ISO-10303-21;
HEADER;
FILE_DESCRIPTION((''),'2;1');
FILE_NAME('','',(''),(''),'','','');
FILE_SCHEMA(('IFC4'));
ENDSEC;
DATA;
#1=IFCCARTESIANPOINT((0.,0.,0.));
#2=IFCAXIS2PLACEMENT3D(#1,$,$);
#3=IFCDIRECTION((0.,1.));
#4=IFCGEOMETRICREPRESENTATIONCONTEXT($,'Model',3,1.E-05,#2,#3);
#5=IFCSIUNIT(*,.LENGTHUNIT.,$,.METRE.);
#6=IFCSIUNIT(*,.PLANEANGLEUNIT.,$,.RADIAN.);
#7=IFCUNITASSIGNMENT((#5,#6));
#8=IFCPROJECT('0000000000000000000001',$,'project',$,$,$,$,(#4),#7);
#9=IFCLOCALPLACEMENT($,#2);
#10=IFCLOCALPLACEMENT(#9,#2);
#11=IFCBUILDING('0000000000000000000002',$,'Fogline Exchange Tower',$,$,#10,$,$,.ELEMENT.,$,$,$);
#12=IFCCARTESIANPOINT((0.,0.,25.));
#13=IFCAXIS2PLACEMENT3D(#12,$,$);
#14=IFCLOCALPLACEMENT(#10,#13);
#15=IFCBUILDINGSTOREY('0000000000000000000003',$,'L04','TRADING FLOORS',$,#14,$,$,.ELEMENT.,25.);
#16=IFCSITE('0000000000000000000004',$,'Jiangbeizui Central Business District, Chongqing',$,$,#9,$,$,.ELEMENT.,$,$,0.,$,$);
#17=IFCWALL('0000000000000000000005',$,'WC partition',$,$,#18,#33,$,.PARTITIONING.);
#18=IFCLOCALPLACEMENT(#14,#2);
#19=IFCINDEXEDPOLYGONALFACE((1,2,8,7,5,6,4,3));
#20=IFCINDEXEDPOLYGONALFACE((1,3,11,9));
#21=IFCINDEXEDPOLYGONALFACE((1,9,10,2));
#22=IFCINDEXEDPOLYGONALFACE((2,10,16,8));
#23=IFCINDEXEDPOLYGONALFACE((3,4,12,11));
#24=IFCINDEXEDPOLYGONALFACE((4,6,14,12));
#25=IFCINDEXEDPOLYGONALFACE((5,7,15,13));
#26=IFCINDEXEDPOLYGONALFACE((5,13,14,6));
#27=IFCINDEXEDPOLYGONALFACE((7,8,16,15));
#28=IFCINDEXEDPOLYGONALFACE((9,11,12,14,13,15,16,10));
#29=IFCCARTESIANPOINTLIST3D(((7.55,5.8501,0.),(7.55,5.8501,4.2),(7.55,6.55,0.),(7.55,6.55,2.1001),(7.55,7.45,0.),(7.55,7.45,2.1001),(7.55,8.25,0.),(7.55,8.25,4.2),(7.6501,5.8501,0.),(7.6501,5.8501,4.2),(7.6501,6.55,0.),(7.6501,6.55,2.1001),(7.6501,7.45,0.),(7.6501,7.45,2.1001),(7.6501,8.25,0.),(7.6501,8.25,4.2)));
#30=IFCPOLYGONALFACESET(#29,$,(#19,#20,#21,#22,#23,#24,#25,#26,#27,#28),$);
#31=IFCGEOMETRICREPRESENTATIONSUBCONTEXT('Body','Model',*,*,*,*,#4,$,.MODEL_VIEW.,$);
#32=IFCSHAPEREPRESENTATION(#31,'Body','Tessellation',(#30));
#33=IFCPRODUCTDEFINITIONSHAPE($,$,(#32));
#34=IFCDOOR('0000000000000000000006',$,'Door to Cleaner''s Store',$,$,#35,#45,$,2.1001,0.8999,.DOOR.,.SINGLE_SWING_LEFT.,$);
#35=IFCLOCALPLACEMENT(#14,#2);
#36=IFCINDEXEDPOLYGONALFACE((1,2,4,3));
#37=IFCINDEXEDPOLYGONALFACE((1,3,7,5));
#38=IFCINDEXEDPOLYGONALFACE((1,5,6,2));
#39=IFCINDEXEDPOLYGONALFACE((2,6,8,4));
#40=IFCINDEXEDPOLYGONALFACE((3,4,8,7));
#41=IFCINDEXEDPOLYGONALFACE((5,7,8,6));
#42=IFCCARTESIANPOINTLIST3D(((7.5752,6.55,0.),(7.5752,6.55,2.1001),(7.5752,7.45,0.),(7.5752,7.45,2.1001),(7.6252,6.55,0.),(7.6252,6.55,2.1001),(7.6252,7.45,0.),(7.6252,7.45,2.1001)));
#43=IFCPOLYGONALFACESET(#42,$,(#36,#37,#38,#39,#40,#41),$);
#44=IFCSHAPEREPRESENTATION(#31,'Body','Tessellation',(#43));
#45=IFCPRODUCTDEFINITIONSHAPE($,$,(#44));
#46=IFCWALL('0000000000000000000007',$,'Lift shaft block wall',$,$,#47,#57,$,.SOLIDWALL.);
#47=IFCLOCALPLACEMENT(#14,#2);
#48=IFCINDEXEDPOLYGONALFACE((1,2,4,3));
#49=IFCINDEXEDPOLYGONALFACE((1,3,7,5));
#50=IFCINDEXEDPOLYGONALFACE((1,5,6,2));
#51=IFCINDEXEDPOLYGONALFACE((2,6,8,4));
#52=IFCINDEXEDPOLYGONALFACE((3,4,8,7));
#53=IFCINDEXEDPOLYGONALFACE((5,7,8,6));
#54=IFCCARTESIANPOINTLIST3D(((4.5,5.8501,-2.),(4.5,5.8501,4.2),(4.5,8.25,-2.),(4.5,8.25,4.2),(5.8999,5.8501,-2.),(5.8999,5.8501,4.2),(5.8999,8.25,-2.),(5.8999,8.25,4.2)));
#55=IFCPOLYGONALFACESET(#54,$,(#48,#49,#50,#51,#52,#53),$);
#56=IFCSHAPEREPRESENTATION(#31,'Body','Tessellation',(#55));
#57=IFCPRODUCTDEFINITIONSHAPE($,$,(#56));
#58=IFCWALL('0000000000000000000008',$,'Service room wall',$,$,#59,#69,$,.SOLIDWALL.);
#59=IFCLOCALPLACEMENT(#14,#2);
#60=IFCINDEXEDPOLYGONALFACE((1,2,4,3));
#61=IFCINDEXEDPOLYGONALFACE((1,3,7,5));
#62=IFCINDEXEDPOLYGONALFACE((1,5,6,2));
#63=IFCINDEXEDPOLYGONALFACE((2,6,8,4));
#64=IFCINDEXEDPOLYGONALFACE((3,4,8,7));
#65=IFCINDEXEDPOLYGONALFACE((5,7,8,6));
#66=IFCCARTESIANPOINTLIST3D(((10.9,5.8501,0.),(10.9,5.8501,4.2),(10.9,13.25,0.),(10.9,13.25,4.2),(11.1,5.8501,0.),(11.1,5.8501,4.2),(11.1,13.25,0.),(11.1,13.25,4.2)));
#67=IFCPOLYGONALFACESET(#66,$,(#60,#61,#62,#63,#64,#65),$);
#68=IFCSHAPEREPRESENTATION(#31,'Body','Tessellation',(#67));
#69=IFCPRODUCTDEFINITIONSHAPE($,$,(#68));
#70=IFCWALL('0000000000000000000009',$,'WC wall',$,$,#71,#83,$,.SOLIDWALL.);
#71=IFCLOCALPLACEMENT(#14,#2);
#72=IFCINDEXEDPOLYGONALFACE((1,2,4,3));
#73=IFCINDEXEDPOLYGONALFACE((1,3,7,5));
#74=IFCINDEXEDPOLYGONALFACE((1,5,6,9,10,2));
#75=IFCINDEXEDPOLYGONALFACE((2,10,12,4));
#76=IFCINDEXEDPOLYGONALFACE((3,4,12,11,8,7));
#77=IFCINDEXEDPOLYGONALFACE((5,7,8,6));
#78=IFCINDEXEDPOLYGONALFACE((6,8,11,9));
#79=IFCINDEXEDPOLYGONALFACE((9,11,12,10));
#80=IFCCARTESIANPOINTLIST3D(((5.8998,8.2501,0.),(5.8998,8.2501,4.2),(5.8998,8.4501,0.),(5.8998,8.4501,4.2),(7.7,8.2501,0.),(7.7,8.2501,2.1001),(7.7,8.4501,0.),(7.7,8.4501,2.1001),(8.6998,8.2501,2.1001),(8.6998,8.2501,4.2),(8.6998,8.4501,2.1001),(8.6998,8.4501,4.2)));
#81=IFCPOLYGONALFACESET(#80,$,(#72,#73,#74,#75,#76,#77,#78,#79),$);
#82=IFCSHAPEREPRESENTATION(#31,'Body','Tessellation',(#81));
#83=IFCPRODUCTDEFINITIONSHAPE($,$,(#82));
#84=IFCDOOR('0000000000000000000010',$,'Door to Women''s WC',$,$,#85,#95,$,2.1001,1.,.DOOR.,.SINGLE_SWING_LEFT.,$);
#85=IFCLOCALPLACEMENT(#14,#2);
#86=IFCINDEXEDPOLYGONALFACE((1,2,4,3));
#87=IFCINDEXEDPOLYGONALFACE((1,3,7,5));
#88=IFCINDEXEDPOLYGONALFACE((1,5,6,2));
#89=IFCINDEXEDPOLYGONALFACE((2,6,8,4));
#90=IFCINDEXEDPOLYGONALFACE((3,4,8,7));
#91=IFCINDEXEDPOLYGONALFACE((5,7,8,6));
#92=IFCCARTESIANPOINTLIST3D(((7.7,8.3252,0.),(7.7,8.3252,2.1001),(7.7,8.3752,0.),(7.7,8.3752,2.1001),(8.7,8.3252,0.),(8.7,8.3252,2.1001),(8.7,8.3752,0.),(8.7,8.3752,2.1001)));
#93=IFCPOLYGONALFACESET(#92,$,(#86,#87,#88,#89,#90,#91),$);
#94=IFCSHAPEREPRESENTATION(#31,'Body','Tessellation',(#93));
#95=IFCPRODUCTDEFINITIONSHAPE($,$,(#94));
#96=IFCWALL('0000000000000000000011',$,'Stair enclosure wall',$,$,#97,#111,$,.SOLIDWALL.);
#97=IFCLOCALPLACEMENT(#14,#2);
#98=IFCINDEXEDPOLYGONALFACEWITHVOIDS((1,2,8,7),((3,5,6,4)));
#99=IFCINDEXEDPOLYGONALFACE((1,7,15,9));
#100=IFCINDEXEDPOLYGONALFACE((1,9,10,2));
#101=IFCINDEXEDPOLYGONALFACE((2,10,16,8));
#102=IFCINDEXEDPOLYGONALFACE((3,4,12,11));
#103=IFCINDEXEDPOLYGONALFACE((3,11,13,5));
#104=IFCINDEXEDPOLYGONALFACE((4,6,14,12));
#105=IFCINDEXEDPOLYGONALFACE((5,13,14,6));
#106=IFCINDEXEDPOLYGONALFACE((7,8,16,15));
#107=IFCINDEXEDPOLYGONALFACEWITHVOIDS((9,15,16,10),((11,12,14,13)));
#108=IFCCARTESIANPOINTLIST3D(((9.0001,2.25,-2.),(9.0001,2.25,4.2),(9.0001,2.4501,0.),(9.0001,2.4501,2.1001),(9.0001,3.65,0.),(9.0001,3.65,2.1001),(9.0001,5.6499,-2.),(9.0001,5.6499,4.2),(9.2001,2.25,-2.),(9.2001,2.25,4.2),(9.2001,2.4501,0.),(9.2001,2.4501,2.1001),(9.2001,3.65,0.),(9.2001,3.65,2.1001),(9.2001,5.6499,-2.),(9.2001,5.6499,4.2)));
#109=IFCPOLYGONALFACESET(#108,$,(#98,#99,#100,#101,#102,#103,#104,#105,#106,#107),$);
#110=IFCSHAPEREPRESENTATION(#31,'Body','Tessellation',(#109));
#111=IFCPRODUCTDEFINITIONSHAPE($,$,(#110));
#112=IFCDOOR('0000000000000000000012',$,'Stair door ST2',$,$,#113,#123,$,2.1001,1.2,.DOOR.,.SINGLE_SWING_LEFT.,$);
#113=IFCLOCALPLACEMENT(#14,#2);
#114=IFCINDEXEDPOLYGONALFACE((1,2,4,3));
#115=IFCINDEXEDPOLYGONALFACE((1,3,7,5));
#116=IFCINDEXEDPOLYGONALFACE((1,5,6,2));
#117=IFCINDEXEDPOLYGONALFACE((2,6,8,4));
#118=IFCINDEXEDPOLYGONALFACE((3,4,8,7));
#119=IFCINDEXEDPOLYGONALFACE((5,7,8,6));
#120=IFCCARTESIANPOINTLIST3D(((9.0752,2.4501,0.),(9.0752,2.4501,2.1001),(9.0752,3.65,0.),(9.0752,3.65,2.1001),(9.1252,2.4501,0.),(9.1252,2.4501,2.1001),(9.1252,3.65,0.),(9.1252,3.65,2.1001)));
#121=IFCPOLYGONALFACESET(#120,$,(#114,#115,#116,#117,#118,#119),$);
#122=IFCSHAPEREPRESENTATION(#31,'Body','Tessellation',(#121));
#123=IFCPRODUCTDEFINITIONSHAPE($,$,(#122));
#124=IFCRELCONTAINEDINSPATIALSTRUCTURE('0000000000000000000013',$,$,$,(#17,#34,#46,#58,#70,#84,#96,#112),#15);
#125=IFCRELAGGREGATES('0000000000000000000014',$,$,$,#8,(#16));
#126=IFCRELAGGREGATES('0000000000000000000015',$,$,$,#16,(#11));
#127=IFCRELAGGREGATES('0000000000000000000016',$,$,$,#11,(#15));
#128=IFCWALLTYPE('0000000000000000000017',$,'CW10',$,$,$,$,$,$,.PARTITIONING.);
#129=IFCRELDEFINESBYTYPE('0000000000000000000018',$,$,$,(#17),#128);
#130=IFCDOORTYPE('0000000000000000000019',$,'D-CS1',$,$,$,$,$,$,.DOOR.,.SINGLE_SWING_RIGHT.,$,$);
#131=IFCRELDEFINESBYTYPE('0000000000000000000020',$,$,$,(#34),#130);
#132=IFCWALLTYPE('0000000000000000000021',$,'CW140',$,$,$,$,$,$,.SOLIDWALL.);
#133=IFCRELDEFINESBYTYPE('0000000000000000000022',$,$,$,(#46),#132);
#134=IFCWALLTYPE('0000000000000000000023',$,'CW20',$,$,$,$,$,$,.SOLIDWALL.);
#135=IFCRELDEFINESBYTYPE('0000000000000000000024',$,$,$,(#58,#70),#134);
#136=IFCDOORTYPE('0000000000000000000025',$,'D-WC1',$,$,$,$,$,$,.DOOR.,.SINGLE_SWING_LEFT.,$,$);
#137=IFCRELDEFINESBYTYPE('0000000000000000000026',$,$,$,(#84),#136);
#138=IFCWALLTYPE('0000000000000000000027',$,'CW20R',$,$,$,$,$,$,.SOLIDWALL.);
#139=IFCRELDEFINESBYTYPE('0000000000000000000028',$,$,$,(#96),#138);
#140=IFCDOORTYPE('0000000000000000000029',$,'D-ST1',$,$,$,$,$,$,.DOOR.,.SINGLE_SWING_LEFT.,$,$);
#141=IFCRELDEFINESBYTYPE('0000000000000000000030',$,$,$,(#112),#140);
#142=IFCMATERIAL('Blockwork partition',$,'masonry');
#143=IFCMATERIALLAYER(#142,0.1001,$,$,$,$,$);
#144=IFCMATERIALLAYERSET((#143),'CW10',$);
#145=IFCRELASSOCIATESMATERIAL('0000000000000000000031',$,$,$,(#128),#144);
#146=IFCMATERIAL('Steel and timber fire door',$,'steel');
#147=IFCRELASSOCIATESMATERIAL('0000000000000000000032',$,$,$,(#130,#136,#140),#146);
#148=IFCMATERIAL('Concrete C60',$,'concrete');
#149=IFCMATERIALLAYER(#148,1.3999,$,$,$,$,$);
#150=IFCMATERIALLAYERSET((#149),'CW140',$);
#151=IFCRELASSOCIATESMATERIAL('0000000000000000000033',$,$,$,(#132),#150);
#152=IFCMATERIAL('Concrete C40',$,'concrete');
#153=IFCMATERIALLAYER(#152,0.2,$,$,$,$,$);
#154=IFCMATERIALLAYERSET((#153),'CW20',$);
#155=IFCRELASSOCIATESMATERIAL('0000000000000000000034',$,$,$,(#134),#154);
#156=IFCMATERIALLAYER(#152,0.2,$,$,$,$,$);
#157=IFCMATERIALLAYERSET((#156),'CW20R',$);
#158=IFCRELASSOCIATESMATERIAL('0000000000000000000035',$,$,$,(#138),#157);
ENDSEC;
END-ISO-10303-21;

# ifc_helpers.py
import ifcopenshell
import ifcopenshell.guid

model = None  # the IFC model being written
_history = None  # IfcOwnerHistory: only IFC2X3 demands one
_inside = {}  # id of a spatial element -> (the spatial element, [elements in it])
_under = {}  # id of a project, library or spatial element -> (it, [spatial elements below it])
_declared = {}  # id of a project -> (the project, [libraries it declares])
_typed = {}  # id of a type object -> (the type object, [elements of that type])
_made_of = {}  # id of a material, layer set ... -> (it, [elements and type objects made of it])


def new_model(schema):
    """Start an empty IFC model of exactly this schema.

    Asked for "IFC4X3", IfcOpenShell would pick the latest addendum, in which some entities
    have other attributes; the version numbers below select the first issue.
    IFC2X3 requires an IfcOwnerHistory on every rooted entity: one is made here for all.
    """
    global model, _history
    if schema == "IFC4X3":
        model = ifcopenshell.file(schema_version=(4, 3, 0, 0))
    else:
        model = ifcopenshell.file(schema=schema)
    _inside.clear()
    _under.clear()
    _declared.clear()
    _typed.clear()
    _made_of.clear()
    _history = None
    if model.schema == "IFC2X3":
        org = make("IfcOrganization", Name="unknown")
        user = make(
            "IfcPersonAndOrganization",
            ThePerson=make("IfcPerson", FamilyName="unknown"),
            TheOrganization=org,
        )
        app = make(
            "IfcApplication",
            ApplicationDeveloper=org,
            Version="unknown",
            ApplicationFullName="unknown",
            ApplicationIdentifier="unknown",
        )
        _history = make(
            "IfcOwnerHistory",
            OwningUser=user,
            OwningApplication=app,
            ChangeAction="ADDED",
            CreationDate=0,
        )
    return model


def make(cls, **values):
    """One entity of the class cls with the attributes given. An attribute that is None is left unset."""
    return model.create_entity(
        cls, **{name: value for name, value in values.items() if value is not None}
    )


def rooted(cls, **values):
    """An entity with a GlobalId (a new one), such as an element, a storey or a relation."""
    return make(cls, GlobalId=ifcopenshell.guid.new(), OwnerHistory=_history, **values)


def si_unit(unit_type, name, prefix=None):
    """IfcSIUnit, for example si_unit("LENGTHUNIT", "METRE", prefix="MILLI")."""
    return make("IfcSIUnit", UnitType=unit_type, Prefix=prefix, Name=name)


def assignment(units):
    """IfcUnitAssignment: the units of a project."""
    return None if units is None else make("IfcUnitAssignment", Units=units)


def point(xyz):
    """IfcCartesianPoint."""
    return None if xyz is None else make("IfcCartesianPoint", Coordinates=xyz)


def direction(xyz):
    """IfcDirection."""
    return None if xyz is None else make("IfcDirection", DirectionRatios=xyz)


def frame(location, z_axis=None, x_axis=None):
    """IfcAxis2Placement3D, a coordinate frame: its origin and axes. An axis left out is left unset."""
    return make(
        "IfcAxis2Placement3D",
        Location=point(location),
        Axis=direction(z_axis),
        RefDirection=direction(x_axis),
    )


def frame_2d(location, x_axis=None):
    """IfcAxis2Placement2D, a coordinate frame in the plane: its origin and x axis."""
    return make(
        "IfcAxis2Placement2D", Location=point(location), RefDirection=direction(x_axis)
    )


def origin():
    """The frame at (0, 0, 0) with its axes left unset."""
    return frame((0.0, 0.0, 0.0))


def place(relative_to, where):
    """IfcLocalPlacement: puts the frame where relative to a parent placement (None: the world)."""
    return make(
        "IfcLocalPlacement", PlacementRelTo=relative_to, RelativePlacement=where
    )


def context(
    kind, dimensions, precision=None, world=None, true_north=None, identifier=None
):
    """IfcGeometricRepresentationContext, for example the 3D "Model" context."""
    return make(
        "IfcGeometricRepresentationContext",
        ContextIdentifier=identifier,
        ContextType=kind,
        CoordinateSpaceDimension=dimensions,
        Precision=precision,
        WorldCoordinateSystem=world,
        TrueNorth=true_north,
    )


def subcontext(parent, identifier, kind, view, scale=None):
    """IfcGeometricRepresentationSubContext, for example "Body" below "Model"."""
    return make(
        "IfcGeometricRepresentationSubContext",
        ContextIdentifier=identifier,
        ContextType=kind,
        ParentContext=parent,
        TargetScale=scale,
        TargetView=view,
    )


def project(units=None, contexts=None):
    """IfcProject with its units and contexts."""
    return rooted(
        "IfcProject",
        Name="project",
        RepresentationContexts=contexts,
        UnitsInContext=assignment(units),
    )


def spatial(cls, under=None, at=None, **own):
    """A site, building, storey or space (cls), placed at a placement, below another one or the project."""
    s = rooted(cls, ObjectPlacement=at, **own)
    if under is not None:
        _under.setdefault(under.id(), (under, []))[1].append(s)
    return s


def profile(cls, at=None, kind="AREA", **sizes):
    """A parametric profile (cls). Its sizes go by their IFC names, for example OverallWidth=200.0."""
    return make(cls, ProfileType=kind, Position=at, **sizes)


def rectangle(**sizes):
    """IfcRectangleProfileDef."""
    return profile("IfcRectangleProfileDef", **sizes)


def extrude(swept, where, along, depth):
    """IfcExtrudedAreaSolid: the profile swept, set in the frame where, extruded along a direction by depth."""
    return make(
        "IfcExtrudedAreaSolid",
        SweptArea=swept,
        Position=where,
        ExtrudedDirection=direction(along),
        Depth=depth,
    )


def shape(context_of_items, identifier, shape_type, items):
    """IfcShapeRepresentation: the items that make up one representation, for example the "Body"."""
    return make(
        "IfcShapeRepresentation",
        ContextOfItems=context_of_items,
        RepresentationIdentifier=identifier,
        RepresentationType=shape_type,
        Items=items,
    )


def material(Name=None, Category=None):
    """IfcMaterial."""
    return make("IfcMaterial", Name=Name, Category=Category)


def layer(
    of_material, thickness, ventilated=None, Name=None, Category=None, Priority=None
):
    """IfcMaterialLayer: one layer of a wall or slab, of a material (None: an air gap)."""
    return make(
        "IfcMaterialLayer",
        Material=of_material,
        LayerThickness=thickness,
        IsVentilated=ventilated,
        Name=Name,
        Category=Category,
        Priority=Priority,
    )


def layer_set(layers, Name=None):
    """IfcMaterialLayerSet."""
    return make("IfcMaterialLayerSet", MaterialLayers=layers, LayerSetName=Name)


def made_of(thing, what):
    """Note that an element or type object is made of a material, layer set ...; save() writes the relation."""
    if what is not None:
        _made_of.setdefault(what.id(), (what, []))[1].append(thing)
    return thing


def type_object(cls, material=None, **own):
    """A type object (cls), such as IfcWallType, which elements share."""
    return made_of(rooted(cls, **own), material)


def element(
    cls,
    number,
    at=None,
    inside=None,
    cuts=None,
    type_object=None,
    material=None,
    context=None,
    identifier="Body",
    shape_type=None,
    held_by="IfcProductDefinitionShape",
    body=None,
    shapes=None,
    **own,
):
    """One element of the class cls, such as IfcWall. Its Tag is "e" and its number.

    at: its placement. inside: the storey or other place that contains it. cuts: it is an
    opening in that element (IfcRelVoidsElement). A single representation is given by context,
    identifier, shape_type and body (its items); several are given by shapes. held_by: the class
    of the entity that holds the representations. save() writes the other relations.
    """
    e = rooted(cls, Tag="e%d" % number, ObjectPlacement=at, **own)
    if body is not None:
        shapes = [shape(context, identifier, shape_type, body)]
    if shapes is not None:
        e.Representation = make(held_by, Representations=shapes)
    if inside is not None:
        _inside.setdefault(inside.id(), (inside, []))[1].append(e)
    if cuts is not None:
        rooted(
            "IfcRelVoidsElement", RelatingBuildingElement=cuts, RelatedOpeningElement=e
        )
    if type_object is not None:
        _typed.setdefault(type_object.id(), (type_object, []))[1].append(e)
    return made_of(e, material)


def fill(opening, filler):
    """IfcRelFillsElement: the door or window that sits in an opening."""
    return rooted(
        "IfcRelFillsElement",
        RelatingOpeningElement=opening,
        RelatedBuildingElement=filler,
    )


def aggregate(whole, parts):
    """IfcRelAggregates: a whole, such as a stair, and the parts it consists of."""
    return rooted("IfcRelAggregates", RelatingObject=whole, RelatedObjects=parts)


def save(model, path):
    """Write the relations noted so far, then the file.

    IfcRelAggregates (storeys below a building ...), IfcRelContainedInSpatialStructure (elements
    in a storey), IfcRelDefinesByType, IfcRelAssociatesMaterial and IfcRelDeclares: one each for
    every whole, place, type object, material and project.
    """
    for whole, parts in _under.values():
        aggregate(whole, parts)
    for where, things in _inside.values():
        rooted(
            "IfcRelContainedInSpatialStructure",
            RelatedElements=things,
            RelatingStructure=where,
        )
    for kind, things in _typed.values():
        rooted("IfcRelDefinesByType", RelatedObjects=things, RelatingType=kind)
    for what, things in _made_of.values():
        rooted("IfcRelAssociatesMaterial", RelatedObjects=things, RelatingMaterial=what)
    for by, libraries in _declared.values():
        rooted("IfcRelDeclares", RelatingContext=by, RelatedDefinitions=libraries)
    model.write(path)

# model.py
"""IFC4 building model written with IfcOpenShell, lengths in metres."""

from ifc_helpers import new_model, si_unit, direction, frame, frame_2d, origin, place, context, subcontext, project, spatial, rectangle, extrude, material, layer, layer_set, type_object, element, fill, save


model = new_model("IFC4")

# Units and contexts
model_context = context("Model", 3, precision=1e-05, world=origin(), true_north=direction((0.0, 1.0)))
body_context = subcontext(model_context, "Body", "Model", "MODEL_VIEW")
ifc_project = project(units=[si_unit("LENGTHUNIT", "METRE"), si_unit("PLANEANGLEUNIT", "RADIAN")], contexts=[model_context])

# Site, building, storey
site_placement = place(None, origin())
site = spatial("IfcSite", under=ifc_project, at=site_placement, Name="Jiangbeizui Central Business District, Chongqing", CompositionType="ELEMENT", RefElevation=0.0)
building_placement = place(site_placement, origin())
building = spatial("IfcBuilding", under=site, at=building_placement, Name="Fogline Exchange Tower", CompositionType="ELEMENT")
storey_placement = place(building_placement, frame((0.0, 0.0, 25.0)))
storey = spatial("IfcBuildingStorey", under=building, at=storey_placement, Name="L04", Description="TRADING FLOORS", CompositionType="ELEMENT", Elevation=25.0)

# Wall, opening, door
ifc_material_1 = material(Name="Blockwork partition", Category="masonry")
ifc_layer_1 = layer(ifc_material_1, 0.1001)
ifc_layer_set_1 = layer_set([ifc_layer_1], Name="CW10")
wall_type_1 = type_object("IfcWallType", Name="CW10", PredefinedType="PARTITIONING", material=ifc_layer_set_1)
wall_1_placement = place(storey_placement, frame((7.6001, 5.8501, 0.0), z_axis=(0.0, 0.0, 1.0), x_axis=(0.0, 1.0, 0.0)))
wall_1 = element("IfcWall", 1, at=wall_1_placement, inside=storey, type_object=wall_type_1, Name="WC partition", PredefinedType="PARTITIONING", context=body_context, shape_type="SweptSolid", body=[
    extrude(rectangle(XDim=2.3999, YDim=0.1001, at=frame_2d((1.2, 0.0))), origin(), (0.0, 0.0, 1.0), 4.2),
])
opening_1_placement = place(wall_1_placement, frame((0.7, 0.0, 0.0)))
opening_1 = element("IfcOpeningElement", 2, at=opening_1_placement, cuts=wall_1, PredefinedType="OPENING", context=body_context, shape_type="SweptSolid", body=[
    extrude(rectangle(XDim=0.8999, YDim=2.1001, at=frame_2d((0.45, 1.05))), frame((0.0, 0.0601, 0.0), z_axis=(0.0, -1.0, 0.0), x_axis=(1.0, 0.0, 0.0)), (0.0, 0.0, 1.0), 0.1201),
])
ifc_material_2 = material(Name="Steel and timber fire door", Category="steel")
door_type_1 = type_object("IfcDoorType", Name="D-CS1", OperationType="SINGLE_SWING_RIGHT", PredefinedType="DOOR", material=ifc_material_2)
door_1_placement = place(opening_1_placement, origin())
door_1 = element("IfcDoor", 3, at=door_1_placement, inside=storey, type_object=door_type_1, Name="Door to Cleaner's Store", OperationType="SINGLE_SWING_LEFT", OverallHeight=2.1001, OverallWidth=0.8999, PredefinedType="DOOR", context=body_context, shape_type="SweptSolid", body=[
    extrude(rectangle(XDim=0.8999, YDim=2.1001, at=frame_2d((0.45, 1.05))), frame((0.0, 0.0249, 0.0), z_axis=(0.0, -1.0, 0.0), x_axis=(1.0, 0.0, 0.0)), (0.0, 0.0, 1.0), 0.05),
])
fill(opening_1, door_1)

# Walls
ifc_material_3 = material(Name="Concrete C60", Category="concrete")
ifc_layer_2 = layer(ifc_material_3, 1.3999)
ifc_layer_set_2 = layer_set([ifc_layer_2], Name="CW140")
wall_type_2 = type_object("IfcWallType", Name="CW140", PredefinedType="SOLIDWALL", material=ifc_layer_set_2)
wall_2_placement = place(storey_placement, frame((5.2, 5.8501, -2.0), z_axis=(0.0, 0.0, 1.0), x_axis=(0.0, 1.0, 0.0)))
element("IfcWall", 4, at=wall_2_placement, inside=storey, type_object=wall_type_2, Name="Lift shaft block wall", PredefinedType="SOLIDWALL", context=body_context, shape_type="SweptSolid", body=[
    extrude(rectangle(XDim=2.3999, YDim=1.3999, at=frame_2d((1.2, 0.0))), origin(), (0.0, 0.0, 1.0), 6.2),
])
ifc_material_4 = material(Name="Concrete C40", Category="concrete")
ifc_layer_3 = layer(ifc_material_4, 0.2)
ifc_layer_set_3 = layer_set([ifc_layer_3], Name="CW20")
wall_type_3 = type_object("IfcWallType", Name="CW20", PredefinedType="SOLIDWALL", material=ifc_layer_set_3)
wall_3_placement = place(storey_placement, frame((11.0, 5.8501, 0.0), z_axis=(0.0, 0.0, 1.0), x_axis=(0.0, 1.0, 0.0)))
element("IfcWall", 5, at=wall_3_placement, inside=storey, type_object=wall_type_3, Name="Service room wall", PredefinedType="SOLIDWALL", context=body_context, shape_type="SweptSolid", body=[
    extrude(rectangle(XDim=7.3999, YDim=0.2, at=frame_2d((3.7, 0.0))), origin(), (0.0, 0.0, 1.0), 4.2),
])

# Walls, openings, doors
wall_4_placement = place(storey_placement, frame((5.8999, 8.3501, 0.0), z_axis=(0.0, 0.0, 1.0), x_axis=(1.0, 0.0, 0.0)))
wall_4 = element("IfcWall", 6, at=wall_4_placement, inside=storey, type_object=wall_type_3, Name="WC wall", PredefinedType="SOLIDWALL", context=body_context, shape_type="SweptSolid", body=[
    extrude(rectangle(XDim=2.8, YDim=0.2, at=frame_2d((1.3999, 0.0))), origin(), (0.0, 0.0, 1.0), 4.2),
])
opening_2_placement = place(wall_4_placement, frame((1.8, 0.0, 0.0)))
opening_2 = element("IfcOpeningElement", 7, at=opening_2_placement, cuts=wall_4, PredefinedType="OPENING", context=body_context, shape_type="SweptSolid", body=[
    extrude(rectangle(XDim=1.0, YDim=2.1001, at=frame_2d((0.5, 1.05))), frame((0.0, 0.1099, 0.0), z_axis=(0.0, -1.0, 0.0), x_axis=(1.0, 0.0, 0.0)), (0.0, 0.0, 1.0), 0.22),
])
door_type_2 = type_object("IfcDoorType", Name="D-WC1", OperationType="SINGLE_SWING_LEFT", PredefinedType="DOOR", material=ifc_material_2)
door_2_placement = place(opening_2_placement, frame((1.0, 0.0, 0.0), z_axis=(0.0, 0.0, 1.0), x_axis=(-1.0, 0.0, 0.0)))
door_2 = element("IfcDoor", 8, at=door_2_placement, inside=storey, type_object=door_type_2, Name="Door to Women's WC", OperationType="SINGLE_SWING_LEFT", OverallHeight=2.1001, OverallWidth=1.0, PredefinedType="DOOR", context=body_context, shape_type="SweptSolid", body=[
    extrude(rectangle(XDim=1.0, YDim=2.1001, at=frame_2d((0.5, 1.05))), frame((0.0, 0.0249, 0.0), z_axis=(0.0, -1.0, 0.0), x_axis=(1.0, 0.0, 0.0)), (0.0, 0.0, 1.0), 0.05),
])
fill(opening_2, door_2)
ifc_layer_4 = layer(ifc_material_4, 0.2)
ifc_layer_set_4 = layer_set([ifc_layer_4], Name="CW20R")
wall_type_4 = type_object("IfcWallType", Name="CW20R", PredefinedType="SOLIDWALL", material=ifc_layer_set_4)
wall_5_placement = place(storey_placement, frame((9.1001, 2.25, -2.0), z_axis=(0.0, 0.0, 1.0), x_axis=(0.0, 1.0, 0.0)))
wall_5 = element("IfcWall", 9, at=wall_5_placement, inside=storey, type_object=wall_type_4, Name="Stair enclosure wall", PredefinedType="SOLIDWALL", context=body_context, shape_type="SweptSolid", body=[
    extrude(rectangle(XDim=3.3999, YDim=0.2, at=frame_2d((1.7, 0.0))), origin(), (0.0, 0.0, 1.0), 6.2),
])
opening_3_placement = place(wall_5_placement, frame((0.2, 0.0, 2.0)))
opening_3 = element("IfcOpeningElement", 10, at=opening_3_placement, cuts=wall_5, PredefinedType="OPENING", context=body_context, shape_type="SweptSolid", body=[
    extrude(rectangle(XDim=1.2, YDim=2.1001, at=frame_2d((0.6001, 1.05))), frame((0.0, 0.1099, 0.0), z_axis=(0.0, -1.0, 0.0), x_axis=(1.0, 0.0, 0.0)), (0.0, 0.0, 1.0), 0.22),
])
door_type_3 = type_object("IfcDoorType", Name="D-ST1", OperationType="SINGLE_SWING_LEFT", PredefinedType="DOOR", material=ifc_material_2)
door_3_placement = place(opening_3_placement, origin())
door_3 = element("IfcDoor", 11, at=door_3_placement, inside=storey, type_object=door_type_3, Name="Stair door ST2", OperationType="SINGLE_SWING_LEFT", OverallHeight=2.1001, OverallWidth=1.2, PredefinedType="DOOR", context=body_context, shape_type="SweptSolid", body=[
    extrude(rectangle(XDim=1.2, YDim=2.1001, at=frame_2d((0.6001, 1.05))), frame((0.0, 0.0249, 0.0), z_axis=(0.0, -1.0, 0.0), x_axis=(1.0, 0.0, 0.0)), (0.0, 0.0, 1.0), 0.05),
])
fill(opening_3, door_3)

save(model, "model.ifc")
